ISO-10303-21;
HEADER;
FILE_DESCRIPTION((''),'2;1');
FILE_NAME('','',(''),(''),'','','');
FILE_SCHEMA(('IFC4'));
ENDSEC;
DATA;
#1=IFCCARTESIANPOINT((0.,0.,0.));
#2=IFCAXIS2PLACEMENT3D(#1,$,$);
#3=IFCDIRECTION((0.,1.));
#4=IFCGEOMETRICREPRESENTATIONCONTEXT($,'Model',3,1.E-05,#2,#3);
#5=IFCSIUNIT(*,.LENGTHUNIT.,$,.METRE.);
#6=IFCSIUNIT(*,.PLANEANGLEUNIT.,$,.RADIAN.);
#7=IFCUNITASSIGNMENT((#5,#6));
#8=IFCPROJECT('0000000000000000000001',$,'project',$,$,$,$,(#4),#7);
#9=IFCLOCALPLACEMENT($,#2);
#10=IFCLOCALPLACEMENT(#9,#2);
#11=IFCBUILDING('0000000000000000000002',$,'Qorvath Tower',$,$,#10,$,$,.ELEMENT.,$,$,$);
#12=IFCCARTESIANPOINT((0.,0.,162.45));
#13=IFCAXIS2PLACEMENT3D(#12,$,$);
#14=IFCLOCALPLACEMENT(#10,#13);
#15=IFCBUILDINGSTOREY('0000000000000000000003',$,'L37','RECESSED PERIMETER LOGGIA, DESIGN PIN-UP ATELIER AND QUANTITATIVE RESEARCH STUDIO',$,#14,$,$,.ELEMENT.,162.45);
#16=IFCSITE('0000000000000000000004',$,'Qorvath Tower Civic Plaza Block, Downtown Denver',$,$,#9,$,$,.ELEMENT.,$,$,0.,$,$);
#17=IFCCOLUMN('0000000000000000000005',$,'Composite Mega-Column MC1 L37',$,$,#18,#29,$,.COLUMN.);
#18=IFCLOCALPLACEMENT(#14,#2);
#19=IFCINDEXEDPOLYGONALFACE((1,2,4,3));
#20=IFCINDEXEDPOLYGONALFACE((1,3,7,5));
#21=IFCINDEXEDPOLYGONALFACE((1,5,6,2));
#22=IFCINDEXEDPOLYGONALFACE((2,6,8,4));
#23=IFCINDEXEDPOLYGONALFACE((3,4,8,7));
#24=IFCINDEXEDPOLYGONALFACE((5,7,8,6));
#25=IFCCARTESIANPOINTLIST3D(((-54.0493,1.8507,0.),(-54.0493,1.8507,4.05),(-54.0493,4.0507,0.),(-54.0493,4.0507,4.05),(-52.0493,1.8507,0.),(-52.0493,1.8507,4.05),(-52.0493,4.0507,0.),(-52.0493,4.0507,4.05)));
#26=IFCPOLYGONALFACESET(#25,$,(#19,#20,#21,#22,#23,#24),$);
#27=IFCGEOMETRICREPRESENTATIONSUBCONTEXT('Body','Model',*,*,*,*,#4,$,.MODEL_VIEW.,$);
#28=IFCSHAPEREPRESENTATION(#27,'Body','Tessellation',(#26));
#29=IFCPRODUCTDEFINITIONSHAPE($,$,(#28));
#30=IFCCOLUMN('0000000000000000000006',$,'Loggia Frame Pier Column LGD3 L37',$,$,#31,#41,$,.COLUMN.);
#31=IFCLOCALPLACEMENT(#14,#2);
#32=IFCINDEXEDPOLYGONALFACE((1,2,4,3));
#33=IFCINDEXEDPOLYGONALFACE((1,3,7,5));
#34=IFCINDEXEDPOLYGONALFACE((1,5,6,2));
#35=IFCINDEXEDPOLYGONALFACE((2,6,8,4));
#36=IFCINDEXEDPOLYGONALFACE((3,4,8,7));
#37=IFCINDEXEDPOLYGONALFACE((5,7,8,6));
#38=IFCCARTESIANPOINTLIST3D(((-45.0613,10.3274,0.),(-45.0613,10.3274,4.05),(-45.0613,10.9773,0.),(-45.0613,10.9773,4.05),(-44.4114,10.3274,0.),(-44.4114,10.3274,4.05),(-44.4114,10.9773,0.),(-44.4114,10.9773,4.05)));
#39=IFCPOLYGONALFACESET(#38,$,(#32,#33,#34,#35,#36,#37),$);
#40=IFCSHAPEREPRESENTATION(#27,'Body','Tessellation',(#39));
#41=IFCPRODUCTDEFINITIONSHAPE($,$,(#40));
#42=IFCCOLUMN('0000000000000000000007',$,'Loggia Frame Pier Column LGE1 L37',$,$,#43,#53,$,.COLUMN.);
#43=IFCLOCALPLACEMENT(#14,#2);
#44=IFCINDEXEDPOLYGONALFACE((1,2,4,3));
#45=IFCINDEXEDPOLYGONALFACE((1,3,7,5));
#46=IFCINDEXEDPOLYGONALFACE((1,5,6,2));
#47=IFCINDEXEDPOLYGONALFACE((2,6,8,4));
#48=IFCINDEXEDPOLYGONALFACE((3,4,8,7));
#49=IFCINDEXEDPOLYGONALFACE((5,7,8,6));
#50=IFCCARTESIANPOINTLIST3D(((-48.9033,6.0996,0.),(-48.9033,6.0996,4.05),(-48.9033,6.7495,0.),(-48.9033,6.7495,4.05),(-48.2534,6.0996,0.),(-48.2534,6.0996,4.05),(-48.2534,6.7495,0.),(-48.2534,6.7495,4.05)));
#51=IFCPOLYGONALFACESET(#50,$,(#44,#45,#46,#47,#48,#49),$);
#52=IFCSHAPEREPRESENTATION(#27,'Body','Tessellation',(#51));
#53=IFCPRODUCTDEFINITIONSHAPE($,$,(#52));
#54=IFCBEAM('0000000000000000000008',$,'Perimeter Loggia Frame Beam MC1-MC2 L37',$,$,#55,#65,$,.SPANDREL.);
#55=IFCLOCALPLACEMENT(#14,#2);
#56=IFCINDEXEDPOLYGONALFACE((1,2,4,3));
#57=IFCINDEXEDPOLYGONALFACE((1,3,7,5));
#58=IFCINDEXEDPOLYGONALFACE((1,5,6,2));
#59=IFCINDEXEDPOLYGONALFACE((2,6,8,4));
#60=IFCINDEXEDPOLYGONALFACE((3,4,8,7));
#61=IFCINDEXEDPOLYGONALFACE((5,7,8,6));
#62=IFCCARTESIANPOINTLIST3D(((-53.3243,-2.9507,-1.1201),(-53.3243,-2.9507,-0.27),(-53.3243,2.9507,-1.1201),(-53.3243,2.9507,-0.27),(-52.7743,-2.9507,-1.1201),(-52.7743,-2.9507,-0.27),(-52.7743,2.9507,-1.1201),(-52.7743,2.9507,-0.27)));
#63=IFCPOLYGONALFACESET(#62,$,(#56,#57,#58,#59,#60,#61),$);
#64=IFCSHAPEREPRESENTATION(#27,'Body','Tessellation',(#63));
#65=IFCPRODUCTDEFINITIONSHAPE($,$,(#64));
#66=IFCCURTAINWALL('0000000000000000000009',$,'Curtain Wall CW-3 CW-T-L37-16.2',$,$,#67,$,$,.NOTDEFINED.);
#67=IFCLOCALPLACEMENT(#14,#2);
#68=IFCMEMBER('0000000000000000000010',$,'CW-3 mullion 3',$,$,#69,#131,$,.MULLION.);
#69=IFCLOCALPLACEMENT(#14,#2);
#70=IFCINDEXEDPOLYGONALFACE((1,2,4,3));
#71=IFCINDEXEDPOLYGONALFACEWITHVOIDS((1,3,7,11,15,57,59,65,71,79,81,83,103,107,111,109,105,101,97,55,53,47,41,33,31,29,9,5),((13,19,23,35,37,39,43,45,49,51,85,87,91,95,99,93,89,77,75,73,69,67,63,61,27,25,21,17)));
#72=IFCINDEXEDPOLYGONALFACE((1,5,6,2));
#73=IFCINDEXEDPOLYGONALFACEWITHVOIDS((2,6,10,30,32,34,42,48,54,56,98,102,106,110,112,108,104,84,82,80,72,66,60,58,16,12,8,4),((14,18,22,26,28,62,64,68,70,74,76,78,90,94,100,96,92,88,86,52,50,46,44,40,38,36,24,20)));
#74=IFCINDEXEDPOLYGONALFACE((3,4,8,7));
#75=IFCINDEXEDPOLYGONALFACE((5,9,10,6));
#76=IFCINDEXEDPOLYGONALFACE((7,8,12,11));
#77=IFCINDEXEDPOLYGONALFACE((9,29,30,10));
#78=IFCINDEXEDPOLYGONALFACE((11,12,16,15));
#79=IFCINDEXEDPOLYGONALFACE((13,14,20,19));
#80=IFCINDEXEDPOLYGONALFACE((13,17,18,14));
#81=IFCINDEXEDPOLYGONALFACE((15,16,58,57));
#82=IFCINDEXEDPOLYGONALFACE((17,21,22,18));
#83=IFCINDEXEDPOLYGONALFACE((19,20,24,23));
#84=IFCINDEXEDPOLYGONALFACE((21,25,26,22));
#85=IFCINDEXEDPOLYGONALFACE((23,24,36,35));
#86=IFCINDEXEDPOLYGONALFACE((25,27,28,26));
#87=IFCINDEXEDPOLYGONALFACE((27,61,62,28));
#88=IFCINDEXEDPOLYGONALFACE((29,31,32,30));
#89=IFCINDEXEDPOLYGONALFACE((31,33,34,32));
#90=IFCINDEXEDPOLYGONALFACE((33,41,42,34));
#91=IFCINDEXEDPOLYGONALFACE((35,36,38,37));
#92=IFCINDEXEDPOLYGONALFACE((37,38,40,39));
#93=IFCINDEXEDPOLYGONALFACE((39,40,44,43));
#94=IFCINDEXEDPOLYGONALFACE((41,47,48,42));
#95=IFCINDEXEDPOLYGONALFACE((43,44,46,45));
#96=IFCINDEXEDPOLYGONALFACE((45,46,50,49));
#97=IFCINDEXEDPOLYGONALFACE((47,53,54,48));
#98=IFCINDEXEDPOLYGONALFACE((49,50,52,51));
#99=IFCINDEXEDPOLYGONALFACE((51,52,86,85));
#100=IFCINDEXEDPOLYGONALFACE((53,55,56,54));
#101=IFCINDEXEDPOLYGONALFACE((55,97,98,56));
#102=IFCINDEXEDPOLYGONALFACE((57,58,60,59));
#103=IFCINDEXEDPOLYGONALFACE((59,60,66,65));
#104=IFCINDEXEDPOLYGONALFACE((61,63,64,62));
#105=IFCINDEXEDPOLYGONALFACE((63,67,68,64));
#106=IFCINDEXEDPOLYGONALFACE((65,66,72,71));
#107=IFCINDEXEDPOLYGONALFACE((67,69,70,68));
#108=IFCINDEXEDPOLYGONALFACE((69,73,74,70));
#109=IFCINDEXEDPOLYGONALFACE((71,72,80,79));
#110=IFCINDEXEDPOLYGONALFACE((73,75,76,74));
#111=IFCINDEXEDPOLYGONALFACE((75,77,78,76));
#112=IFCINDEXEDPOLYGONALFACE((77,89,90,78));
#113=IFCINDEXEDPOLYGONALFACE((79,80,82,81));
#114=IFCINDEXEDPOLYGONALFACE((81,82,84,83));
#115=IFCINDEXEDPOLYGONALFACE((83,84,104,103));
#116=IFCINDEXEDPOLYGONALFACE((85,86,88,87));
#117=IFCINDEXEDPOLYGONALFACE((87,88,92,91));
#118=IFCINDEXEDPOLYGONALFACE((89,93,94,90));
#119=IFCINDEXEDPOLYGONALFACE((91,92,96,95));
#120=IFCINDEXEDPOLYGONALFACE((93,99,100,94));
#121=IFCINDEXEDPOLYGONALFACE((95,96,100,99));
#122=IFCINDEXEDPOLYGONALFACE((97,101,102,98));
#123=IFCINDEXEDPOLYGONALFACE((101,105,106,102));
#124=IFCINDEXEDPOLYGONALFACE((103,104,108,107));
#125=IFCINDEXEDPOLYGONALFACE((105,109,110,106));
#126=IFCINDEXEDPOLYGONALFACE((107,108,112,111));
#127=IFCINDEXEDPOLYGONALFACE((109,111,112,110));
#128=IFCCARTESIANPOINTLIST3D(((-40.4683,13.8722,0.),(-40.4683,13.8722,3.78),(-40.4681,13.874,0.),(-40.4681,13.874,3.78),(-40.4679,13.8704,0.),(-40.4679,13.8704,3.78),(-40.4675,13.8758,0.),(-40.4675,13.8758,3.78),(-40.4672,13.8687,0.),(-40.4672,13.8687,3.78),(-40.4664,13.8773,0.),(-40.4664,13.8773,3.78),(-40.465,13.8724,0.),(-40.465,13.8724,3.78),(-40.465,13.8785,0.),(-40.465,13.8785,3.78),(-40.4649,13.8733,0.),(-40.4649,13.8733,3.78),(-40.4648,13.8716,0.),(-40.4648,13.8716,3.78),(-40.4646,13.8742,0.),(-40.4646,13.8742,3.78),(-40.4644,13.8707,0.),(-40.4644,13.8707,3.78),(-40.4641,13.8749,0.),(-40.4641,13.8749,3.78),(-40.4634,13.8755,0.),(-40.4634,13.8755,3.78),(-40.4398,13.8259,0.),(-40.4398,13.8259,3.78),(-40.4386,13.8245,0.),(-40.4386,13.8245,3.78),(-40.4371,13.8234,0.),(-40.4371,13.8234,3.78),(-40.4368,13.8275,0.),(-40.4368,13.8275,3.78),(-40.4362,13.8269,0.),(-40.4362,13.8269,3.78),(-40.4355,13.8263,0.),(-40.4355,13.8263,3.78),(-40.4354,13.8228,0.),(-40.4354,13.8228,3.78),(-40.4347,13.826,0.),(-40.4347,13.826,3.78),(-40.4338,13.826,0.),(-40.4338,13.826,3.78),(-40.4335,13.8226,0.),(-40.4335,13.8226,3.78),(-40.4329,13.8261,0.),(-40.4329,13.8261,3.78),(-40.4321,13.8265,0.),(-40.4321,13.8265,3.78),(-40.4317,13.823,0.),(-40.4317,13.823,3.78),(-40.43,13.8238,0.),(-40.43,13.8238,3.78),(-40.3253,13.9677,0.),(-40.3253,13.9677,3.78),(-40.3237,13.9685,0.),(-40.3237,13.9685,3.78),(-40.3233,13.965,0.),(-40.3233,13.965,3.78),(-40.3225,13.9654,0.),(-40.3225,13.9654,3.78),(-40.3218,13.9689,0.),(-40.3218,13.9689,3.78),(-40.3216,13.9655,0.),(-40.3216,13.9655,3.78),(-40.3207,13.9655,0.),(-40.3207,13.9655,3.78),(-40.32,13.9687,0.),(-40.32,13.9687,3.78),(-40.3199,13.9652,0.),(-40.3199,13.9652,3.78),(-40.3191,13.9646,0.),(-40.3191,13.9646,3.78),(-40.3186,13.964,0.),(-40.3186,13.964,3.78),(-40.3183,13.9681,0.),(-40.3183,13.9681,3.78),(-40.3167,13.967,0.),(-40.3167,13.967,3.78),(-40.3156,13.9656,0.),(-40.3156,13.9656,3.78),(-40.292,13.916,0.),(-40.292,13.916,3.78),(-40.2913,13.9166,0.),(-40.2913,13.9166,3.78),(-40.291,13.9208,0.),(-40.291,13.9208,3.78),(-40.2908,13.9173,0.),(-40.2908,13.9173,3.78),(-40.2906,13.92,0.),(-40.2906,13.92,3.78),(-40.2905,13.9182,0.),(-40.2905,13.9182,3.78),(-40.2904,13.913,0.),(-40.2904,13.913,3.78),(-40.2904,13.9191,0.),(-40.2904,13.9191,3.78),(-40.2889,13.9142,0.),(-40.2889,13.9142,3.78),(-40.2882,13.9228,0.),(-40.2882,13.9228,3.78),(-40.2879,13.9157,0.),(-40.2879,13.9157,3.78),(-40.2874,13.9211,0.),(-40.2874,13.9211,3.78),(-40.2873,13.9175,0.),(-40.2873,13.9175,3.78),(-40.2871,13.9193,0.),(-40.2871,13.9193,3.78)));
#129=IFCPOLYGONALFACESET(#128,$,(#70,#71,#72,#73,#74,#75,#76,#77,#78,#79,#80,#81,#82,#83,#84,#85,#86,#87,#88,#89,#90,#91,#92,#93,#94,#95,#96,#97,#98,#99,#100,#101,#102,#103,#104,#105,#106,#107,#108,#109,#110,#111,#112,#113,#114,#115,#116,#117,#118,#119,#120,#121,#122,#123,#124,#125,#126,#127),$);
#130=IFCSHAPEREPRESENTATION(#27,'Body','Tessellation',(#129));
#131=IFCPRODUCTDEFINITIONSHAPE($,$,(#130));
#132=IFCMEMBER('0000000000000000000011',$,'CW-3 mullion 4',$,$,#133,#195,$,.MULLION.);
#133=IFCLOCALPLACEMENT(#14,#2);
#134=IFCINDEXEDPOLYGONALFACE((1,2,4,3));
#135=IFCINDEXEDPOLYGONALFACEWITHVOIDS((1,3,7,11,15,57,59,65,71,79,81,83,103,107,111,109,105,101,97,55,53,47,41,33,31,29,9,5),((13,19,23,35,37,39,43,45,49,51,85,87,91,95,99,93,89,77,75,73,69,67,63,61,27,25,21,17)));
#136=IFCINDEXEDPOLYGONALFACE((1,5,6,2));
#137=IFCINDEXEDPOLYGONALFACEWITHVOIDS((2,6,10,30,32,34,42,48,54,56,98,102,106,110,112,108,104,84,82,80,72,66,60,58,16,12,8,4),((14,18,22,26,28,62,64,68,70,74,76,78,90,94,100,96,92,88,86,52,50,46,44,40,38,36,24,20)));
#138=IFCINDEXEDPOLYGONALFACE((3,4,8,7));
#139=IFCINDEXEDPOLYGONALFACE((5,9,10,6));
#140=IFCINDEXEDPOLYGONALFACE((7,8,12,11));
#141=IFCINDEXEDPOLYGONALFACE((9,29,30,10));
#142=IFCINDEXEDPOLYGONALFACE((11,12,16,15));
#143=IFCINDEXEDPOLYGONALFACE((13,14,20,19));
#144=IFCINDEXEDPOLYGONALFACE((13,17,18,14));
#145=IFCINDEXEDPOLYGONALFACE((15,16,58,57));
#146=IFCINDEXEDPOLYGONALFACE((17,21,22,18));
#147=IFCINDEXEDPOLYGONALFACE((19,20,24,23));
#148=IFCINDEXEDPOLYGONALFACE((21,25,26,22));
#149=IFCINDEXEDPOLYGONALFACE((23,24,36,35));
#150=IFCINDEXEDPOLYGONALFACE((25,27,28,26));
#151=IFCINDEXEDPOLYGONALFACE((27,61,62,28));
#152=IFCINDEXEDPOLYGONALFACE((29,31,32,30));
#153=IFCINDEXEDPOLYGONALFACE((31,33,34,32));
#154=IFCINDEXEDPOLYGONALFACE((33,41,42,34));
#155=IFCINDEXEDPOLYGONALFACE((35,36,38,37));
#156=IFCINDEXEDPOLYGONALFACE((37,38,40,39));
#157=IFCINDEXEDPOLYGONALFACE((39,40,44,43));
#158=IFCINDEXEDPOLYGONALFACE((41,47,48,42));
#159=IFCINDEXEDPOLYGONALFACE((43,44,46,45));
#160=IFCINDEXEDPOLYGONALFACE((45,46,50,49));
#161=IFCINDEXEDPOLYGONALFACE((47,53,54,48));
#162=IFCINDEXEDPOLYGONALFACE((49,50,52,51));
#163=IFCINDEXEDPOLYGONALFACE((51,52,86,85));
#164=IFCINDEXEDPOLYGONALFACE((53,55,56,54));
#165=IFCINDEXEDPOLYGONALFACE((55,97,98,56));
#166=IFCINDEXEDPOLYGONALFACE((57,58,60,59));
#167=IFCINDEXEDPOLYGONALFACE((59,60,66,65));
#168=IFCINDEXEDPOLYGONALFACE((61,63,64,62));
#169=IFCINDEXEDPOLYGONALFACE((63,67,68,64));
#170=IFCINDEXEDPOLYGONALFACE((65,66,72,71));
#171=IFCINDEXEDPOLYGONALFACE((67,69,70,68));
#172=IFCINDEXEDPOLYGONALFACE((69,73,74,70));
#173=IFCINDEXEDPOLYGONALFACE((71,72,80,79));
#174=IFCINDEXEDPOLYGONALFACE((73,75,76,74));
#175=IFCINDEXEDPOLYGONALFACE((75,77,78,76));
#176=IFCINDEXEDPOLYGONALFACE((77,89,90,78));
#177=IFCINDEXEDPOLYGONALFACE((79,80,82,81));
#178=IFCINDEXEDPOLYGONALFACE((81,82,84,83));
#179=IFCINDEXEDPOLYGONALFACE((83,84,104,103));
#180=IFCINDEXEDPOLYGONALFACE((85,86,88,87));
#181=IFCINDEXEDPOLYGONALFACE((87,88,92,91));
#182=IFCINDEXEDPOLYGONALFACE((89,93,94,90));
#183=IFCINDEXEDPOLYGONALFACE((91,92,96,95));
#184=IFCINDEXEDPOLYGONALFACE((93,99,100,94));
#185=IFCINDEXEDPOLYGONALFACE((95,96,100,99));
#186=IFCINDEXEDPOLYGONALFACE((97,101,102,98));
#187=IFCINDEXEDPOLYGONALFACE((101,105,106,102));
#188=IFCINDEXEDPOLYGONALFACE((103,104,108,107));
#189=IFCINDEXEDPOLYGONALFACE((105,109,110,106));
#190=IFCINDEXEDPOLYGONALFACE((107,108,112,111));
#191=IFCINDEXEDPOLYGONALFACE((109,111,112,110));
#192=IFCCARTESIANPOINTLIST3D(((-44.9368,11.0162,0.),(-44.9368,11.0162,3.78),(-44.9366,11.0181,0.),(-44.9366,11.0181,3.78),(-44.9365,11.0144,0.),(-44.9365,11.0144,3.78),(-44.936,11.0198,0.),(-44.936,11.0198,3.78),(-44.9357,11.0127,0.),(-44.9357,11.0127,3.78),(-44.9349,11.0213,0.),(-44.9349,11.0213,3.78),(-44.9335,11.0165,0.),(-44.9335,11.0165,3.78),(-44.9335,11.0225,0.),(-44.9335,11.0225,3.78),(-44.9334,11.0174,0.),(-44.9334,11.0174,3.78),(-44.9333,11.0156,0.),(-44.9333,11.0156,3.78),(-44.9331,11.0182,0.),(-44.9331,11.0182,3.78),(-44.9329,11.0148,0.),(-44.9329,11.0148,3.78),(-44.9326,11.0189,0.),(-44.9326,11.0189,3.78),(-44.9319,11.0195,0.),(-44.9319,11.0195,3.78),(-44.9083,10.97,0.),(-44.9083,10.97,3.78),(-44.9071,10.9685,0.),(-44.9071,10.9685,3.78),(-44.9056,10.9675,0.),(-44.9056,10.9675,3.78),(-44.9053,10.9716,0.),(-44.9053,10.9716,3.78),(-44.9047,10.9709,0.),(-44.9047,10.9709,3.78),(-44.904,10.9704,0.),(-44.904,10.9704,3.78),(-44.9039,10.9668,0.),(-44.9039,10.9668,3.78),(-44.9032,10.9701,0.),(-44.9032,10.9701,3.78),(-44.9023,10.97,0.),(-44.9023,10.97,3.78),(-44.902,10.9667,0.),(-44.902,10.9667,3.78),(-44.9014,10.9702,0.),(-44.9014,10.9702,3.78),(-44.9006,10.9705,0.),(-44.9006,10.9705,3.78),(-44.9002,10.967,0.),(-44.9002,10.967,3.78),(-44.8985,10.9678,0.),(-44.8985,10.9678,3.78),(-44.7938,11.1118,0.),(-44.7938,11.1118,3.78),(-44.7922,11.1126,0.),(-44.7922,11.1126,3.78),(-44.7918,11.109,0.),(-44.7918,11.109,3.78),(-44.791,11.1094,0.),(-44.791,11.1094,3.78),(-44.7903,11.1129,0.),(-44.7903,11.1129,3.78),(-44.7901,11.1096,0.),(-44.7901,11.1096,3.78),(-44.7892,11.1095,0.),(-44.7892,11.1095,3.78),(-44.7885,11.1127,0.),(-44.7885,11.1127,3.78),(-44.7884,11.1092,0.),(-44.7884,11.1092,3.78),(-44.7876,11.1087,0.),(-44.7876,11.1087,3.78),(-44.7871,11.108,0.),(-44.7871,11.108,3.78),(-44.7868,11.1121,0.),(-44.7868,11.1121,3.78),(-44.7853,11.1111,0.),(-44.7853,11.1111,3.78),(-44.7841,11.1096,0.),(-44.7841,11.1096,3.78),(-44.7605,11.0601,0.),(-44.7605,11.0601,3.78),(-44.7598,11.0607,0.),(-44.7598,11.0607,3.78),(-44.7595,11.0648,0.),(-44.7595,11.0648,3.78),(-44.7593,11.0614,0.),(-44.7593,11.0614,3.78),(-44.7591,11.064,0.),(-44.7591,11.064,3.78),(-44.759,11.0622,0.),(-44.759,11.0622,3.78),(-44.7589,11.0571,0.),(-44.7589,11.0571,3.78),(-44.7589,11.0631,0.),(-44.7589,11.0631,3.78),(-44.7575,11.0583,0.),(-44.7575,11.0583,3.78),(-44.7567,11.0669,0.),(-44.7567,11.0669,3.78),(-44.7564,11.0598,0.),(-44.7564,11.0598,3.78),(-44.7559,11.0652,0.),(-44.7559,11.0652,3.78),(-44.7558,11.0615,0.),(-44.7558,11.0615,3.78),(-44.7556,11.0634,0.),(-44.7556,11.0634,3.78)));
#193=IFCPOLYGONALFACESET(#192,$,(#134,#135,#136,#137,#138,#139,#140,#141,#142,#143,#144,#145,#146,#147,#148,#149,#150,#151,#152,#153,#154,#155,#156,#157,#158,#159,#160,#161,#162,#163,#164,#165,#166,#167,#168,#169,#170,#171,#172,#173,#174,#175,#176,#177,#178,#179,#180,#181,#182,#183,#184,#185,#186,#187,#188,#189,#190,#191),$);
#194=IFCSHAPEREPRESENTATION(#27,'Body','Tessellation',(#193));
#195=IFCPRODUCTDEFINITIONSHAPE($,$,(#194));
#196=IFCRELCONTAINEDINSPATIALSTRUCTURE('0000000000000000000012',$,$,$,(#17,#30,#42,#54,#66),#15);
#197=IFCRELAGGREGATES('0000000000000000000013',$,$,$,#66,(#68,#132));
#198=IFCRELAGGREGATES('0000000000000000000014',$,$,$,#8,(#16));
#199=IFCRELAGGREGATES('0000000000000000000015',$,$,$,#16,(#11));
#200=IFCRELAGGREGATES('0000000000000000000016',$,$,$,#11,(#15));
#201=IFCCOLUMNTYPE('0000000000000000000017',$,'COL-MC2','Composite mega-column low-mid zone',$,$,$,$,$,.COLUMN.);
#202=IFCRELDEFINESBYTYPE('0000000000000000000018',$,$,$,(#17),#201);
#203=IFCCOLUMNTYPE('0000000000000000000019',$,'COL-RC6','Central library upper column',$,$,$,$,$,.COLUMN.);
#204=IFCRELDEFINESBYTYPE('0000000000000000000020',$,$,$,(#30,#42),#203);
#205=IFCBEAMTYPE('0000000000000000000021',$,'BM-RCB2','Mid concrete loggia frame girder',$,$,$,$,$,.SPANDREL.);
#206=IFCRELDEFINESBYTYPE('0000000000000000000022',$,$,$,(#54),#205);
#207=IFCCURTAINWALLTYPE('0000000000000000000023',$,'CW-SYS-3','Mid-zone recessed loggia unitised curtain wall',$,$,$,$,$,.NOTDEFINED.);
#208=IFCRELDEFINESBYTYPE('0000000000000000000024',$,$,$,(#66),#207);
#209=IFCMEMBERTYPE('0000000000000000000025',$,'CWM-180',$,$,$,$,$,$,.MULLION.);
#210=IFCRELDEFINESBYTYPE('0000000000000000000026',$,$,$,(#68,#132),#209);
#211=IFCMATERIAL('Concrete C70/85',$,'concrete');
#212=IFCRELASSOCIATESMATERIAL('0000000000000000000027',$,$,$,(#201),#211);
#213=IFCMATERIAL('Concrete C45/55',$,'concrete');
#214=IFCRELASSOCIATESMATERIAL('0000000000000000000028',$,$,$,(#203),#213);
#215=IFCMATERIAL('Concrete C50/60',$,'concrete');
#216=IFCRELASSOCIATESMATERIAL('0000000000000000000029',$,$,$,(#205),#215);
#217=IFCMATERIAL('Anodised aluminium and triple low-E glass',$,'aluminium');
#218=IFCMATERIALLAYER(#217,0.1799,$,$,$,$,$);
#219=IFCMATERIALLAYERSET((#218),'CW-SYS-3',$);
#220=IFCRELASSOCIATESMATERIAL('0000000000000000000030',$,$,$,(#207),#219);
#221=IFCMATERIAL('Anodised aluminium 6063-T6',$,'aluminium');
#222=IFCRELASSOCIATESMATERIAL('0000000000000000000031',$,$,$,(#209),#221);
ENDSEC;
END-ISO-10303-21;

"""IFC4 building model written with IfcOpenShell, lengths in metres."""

from ifc_helpers import new_model, si_unit, direction, frame, origin, origin_2d, place, context, subcontext, project, spatial, rectangle, hollow_rectangle, extrude, material, layer, layer_set, material_profile, profile_set, type_object, element, aggregate, save


model = new_model("IFC4")

# Units and contexts
model_context = context("Model", 3, precision=1e-05, world=origin(), true_north=direction((0.0, 1.0)))
body_context = subcontext(model_context, "Body", "Model", "MODEL_VIEW")
ifc_project = project(units=[si_unit("LENGTHUNIT", "METRE"), si_unit("PLANEANGLEUNIT", "RADIAN")], contexts=[model_context])

# Site, building, storey
site_placement = place(None, origin())
site = spatial("IfcSite", under=ifc_project, at=site_placement, Name="Qorvath Tower Civic Plaza Block, Downtown Denver", CompositionType="ELEMENT", RefElevation=0.0)
building_placement = place(site_placement, origin())
building = spatial("IfcBuilding", under=site, at=building_placement, Name="Qorvath Tower", CompositionType="ELEMENT")
storey_placement = place(building_placement, frame((0.0, 0.0, 162.45)))
storey = spatial("IfcBuildingStorey", under=building, at=storey_placement, Name="L37", Description="RECESSED PERIMETER LOGGIA, DESIGN PIN-UP ATELIER AND QUANTITATIVE RESEARCH STUDIO", CompositionType="ELEMENT", Elevation=162.45)

# Columns
ifc_material_1 = material(Name="Concrete C70/85", Category="concrete")
ifc_material_profile_1 = material_profile(ifc_material_1, rectangle(XDim=2.0, YDim=2.2, at=origin_2d()), Name="MC 2200x2000")
ifc_profile_set_1 = profile_set([ifc_material_profile_1], Name="Concrete C70/85")
column_type_1 = type_object("IfcColumnType", Name="COL-MC2", Description="Composite mega-column low-mid zone", PredefinedType="COLUMN", material=ifc_profile_set_1)
column_placement = place(storey_placement, frame((-53.0493, 2.9507, 0.0), z_axis=(0.0, 0.0, 1.0), x_axis=(1.0, 0.0, 0.0)))
element("IfcColumn", 1, at=column_placement, inside=storey, type_object=column_type_1, Name="Composite Mega-Column MC1 L37", PredefinedType="COLUMN", context=body_context, shape_type="SweptSolid", body=[
    extrude(rectangle(XDim=2.0, YDim=2.2, at=origin_2d()), origin(), (0.0, 0.0, 1.0), 4.05),
])
ifc_material_2 = material(Name="Concrete C45/55", Category="concrete")
ifc_material_profile_2 = material_profile(ifc_material_2, rectangle(XDim=0.6499, YDim=0.6499, at=origin_2d()), Name="RC 650x650")
ifc_profile_set_2 = profile_set([ifc_material_profile_2], Name="Concrete C45/55")
column_type_2 = type_object("IfcColumnType", Name="COL-RC6", Description="Central library upper column", PredefinedType="COLUMN", material=ifc_profile_set_2)
for number, where, z_axis, x_axis, name in (
    (2, (-44.7363, 10.6523, 0.0), (0.0, 0.0, 1.0), (1.0, 0.0, 0.0), "Loggia Frame Pier Column LGD3 L37"),
    (3, (-48.5784, 6.4246, 0.0), (0.0, 0.0, 1.0), (1.0, 0.0, 0.0), "Loggia Frame Pier Column LGE1 L37"),
):
    element("IfcColumn", number, at=place(storey_placement, frame(where, z_axis=z_axis, x_axis=x_axis)), inside=storey, type_object=column_type_2, Name=name, PredefinedType="COLUMN", context=body_context, shape_type="SweptSolid", body=[
        extrude(rectangle(XDim=0.6499, YDim=0.6499, at=origin_2d()), origin(), (0.0, 0.0, 1.0), 4.05),
    ])

# Beam
ifc_material_3 = material(Name="Concrete C50/60", Category="concrete")
ifc_material_profile_3 = material_profile(ifc_material_3, rectangle(XDim=0.55, YDim=0.8501, at=origin_2d()), Name="RCB 850x550")
ifc_profile_set_3 = profile_set([ifc_material_profile_3], Name="Concrete C50/60")
beam_type = type_object("IfcBeamType", Name="BM-RCB2", Description="Mid concrete loggia frame girder", PredefinedType="SPANDREL", material=ifc_profile_set_3)
beam_placement = place(storey_placement, frame((-53.0493, 2.9507, -0.6951), z_axis=(0.0, -1.0, 0.0), x_axis=(1.0, 0.0, 0.0)))
element("IfcBeam", 4, at=beam_placement, inside=storey, type_object=beam_type, Name="Perimeter Loggia Frame Beam MC1-MC2 L37", PredefinedType="SPANDREL", context=body_context, shape_type="SweptSolid", body=[
    extrude(rectangle(XDim=0.55, YDim=0.8501, at=origin_2d()), origin(), (0.0, 0.0, 1.0), 5.9014),
])

# Curtain wall, members
ifc_material_4 = material(Name="Anodised aluminium and triple low-E glass", Category="aluminium")
ifc_layer_1 = layer(ifc_material_4, 0.1799)
ifc_layer_set_1 = layer_set([ifc_layer_1], Name="CW-SYS-3")
curtain_wall_type = type_object("IfcCurtainWallType", Name="CW-SYS-3", Description="Mid-zone recessed loggia unitised curtain wall", PredefinedType="NOTDEFINED", material=ifc_layer_set_1)
curtain_wall_1_placement = place(storey_placement, origin())
curtain_wall_1 = element("IfcCurtainWall", 5, at=curtain_wall_1_placement, inside=storey, type_object=curtain_wall_type, Name="Curtain Wall CW-3 CW-T-L37-16.2", PredefinedType="NOTDEFINED")
ifc_material_5 = material(Name="Anodised aluminium 6063-T6", Category="aluminium")
ifc_material_profile_4 = material_profile(ifc_material_5, hollow_rectangle(XDim=0.0649, YDim=0.1799, WallThickness=0.0034, InnerFilletRadius=0.0034, OuterFilletRadius=0.0071, at=origin_2d()), Name="CWM 180x65")
ifc_profile_set_4 = profile_set([ifc_material_profile_4], Name="Anodised aluminium 6063-T6")
member_type_1 = type_object("IfcMemberType", Name="CWM-180", PredefinedType="MULLION", material=ifc_profile_set_4)
member_1_placement = place(storey_placement, frame((-40.3777, 13.8958, 0.0), z_axis=(0.0, 0.0, 1.0), x_axis=(0.538539, -0.8426, 0.0)))
member_1 = element("IfcMember", 6, at=member_1_placement, type_object=member_type_1, Name="CW-3 mullion 3", PredefinedType="MULLION", context=body_context, shape_type="SweptSolid", body=[
    extrude(hollow_rectangle(XDim=0.0649, YDim=0.1799, WallThickness=0.0034, InnerFilletRadius=0.0034, OuterFilletRadius=0.0071, at=origin_2d()), origin(), (0.0, 0.0, 1.0), 3.78),
])
member_2_placement = place(storey_placement, frame((-44.8462, 11.0398, 0.0), z_axis=(0.0, 0.0, 1.0), x_axis=(0.538539, -0.8426, 0.0)))
member_2 = element("IfcMember", 7, at=member_2_placement, type_object=member_type_1, Name="CW-3 mullion 4", PredefinedType="MULLION", context=body_context, shape_type="SweptSolid", body=[
    extrude(hollow_rectangle(XDim=0.0649, YDim=0.1799, WallThickness=0.0034, InnerFilletRadius=0.0034, OuterFilletRadius=0.0071, at=origin_2d()), origin(), (0.0, 0.0, 1.0), 3.78),
])

aggregate(curtain_wall_1, [member_1, member_2])

save(model, "model.ifc")
